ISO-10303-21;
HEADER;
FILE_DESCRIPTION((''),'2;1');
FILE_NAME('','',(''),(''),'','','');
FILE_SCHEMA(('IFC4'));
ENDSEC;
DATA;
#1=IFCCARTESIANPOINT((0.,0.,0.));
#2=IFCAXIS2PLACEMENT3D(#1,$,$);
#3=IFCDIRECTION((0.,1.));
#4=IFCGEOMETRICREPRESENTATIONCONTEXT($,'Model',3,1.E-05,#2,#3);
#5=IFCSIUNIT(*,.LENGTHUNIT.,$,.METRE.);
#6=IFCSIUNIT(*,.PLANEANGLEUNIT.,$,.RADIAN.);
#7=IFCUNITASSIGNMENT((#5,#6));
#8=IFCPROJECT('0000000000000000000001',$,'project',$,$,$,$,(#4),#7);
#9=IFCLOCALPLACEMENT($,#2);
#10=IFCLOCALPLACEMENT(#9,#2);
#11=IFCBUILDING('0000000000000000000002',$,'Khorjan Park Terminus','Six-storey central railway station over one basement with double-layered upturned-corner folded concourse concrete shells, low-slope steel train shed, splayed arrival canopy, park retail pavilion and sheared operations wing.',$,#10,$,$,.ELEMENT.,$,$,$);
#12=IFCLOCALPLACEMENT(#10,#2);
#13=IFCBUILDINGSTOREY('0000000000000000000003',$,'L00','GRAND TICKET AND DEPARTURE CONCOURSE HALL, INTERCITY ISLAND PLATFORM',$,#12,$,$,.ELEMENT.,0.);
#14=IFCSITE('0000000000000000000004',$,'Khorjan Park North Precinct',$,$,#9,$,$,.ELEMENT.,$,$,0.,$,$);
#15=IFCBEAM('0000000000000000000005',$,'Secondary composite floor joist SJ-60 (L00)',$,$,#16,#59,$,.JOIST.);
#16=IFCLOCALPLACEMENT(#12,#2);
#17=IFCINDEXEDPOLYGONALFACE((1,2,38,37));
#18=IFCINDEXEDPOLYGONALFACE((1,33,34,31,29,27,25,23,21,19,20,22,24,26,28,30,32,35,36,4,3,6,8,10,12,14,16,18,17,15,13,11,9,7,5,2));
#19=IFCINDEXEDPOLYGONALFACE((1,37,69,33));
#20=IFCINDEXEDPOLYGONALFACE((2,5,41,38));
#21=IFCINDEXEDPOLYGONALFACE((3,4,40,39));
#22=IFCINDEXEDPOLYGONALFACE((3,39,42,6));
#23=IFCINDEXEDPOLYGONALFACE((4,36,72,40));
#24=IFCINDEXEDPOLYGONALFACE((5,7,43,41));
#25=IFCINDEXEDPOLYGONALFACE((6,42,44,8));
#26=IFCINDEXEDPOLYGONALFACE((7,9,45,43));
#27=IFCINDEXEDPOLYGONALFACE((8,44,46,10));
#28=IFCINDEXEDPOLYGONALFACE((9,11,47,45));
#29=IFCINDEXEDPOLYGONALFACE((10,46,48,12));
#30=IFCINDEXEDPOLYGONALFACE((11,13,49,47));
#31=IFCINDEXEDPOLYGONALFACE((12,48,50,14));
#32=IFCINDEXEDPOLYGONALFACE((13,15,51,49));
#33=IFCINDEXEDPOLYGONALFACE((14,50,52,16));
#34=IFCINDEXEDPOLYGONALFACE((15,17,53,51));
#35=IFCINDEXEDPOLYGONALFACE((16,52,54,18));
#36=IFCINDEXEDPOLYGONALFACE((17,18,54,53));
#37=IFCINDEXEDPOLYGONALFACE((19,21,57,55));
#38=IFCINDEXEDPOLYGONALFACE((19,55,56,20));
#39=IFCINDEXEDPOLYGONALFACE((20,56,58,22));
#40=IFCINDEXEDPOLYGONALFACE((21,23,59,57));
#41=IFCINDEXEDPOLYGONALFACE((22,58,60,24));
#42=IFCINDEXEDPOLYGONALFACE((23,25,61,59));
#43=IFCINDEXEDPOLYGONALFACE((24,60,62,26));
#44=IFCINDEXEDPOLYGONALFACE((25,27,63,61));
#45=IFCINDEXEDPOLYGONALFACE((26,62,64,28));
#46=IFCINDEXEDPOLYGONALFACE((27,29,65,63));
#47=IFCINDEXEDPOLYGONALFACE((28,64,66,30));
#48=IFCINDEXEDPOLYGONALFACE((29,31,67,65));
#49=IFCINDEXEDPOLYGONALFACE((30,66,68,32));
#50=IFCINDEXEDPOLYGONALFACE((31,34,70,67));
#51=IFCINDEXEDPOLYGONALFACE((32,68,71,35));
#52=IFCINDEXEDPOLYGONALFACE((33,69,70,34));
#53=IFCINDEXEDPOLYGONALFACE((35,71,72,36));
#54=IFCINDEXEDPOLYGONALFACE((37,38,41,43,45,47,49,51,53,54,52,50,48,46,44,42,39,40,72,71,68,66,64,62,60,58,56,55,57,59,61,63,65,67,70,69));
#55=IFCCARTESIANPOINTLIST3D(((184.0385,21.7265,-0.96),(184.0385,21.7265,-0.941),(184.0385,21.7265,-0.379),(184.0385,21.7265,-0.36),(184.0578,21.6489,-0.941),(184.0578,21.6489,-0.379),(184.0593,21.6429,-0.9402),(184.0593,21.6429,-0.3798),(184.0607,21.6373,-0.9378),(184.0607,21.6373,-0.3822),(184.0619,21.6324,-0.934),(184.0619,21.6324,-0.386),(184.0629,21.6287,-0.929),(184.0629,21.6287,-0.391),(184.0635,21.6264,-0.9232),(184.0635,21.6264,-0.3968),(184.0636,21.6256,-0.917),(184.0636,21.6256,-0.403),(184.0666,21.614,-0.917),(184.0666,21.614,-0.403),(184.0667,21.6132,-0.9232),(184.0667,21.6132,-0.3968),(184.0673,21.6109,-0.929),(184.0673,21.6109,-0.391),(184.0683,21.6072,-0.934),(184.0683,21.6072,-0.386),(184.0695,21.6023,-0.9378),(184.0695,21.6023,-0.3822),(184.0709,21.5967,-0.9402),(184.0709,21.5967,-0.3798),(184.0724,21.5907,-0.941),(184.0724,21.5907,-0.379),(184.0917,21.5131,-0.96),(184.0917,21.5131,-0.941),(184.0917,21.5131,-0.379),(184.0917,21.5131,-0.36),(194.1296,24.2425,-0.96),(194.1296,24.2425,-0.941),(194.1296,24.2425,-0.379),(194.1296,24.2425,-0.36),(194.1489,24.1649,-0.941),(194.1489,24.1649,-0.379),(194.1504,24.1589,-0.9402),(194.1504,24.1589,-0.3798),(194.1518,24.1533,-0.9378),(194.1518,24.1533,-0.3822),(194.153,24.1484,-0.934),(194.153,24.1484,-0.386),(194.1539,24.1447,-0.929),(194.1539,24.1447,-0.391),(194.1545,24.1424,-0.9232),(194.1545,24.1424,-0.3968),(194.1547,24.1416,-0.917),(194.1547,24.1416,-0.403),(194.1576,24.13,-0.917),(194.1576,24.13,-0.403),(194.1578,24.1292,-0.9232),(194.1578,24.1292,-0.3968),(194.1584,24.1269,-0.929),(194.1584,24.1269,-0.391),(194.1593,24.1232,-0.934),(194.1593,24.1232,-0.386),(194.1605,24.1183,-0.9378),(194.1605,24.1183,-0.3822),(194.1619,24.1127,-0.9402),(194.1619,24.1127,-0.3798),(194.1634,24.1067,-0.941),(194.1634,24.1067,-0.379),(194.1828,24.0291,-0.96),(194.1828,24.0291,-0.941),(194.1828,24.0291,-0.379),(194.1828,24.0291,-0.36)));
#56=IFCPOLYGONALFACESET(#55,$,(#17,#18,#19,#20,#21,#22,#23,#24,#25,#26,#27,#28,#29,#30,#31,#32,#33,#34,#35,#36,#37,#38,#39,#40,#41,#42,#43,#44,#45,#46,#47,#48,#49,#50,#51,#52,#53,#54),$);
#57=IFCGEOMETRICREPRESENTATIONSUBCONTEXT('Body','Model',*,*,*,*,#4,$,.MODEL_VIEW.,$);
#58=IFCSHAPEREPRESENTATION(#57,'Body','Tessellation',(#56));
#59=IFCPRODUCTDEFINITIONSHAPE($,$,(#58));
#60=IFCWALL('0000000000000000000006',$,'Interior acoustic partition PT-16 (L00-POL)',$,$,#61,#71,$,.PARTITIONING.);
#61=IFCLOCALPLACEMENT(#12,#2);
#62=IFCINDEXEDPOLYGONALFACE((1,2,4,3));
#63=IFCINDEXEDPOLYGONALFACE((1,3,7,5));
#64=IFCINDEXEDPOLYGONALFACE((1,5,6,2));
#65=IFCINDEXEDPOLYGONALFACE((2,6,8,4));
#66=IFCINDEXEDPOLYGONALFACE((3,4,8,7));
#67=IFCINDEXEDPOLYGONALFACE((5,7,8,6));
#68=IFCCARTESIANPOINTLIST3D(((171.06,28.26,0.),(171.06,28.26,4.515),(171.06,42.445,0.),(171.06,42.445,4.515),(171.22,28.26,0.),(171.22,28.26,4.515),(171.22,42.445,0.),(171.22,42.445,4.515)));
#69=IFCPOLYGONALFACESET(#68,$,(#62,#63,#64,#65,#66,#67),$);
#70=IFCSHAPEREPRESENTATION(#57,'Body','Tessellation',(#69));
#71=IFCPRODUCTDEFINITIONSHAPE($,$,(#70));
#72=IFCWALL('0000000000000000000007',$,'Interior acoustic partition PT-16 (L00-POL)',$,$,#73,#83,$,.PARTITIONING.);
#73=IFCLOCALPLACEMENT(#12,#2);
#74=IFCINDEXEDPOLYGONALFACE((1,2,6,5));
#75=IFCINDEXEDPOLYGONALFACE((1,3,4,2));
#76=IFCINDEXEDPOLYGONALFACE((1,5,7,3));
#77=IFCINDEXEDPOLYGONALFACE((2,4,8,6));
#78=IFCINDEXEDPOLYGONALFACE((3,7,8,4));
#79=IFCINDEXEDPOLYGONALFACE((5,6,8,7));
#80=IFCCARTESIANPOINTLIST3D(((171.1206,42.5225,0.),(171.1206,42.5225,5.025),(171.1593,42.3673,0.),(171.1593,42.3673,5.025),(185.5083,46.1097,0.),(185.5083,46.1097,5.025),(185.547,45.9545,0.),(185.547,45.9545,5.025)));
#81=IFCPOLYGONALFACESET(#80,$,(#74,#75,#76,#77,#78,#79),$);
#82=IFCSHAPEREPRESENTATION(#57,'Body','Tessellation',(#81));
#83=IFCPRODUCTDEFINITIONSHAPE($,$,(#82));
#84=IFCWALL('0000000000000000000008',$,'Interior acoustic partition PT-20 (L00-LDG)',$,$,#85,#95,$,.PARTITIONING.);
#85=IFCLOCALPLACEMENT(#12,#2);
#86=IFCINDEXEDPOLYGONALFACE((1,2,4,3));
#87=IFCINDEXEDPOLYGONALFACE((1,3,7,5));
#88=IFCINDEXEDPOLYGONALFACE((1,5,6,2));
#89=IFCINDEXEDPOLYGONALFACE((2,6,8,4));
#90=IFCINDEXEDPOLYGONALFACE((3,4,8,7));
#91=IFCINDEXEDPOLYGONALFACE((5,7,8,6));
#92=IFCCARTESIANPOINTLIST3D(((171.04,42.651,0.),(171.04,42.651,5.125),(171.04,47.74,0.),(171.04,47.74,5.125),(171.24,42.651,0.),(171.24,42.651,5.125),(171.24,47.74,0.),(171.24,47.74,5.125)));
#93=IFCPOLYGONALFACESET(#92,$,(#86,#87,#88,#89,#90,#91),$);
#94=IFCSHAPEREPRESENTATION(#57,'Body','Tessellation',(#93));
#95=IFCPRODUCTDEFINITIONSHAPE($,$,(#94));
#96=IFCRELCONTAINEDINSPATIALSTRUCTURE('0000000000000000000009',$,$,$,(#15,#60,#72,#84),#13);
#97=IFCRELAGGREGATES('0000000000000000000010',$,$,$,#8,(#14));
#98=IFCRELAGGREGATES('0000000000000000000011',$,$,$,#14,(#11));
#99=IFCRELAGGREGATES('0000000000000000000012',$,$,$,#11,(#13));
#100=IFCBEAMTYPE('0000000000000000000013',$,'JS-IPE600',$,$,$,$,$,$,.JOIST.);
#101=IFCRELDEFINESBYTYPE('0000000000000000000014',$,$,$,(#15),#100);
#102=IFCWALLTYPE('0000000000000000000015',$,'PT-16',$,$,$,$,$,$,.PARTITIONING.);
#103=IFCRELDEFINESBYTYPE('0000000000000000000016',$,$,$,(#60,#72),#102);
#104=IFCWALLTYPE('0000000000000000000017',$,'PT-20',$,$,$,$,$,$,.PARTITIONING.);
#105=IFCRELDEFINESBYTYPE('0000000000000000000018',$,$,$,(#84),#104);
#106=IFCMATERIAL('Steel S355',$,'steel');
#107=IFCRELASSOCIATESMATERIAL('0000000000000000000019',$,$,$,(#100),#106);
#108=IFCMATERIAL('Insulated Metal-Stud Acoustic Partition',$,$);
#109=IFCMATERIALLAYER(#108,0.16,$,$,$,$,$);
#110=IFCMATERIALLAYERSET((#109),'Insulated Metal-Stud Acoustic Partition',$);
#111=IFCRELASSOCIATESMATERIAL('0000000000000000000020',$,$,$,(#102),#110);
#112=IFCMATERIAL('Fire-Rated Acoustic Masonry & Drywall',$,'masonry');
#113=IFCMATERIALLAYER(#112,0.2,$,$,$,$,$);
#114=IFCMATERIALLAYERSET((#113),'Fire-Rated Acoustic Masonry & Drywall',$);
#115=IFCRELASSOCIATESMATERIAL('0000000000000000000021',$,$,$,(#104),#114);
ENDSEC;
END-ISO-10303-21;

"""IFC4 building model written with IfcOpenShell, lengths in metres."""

from ifc_helpers import new_model, si_unit, direction, frame, frame_2d, origin, origin_2d, place, context, subcontext, project, spatial, rectangle, i_section, extrude, material, layer, layer_set, material_profile, profile_set, type_object, element, save


model = new_model("IFC4")

# Units and contexts
model_context = context("Model", 3, precision=1e-05, world=origin(), true_north=direction((0.0, 1.0)))
body_context = subcontext(model_context, "Body", "Model", "MODEL_VIEW")
ifc_project = project(units=[si_unit("LENGTHUNIT", "METRE"), si_unit("PLANEANGLEUNIT", "RADIAN")], contexts=[model_context])

# Site, building, storey
site_placement = place(None, origin())
site = spatial("IfcSite", under=ifc_project, at=site_placement, Name="Khorjan Park North Precinct", CompositionType="ELEMENT", RefElevation=0.0)
building_placement = place(site_placement, origin())
building = spatial("IfcBuilding", under=site, at=building_placement, Name="Khorjan Park Terminus", Description="Six-storey central railway station over one basement with double-layered upturned-corner folded concourse concrete shells, low-slope steel train shed, splayed arrival canopy, park retail pavilion and sheared operations wing.", CompositionType="ELEMENT")
storey_placement = place(building_placement, origin())
storey = spatial("IfcBuildingStorey", under=building, at=storey_placement, Name="L00", Description="GRAND TICKET AND DEPARTURE CONCOURSE HALL, INTERCITY ISLAND PLATFORM", CompositionType="ELEMENT", Elevation=0.0)

# Beam
ifc_material_1 = material(Name="Steel S355", Category="steel")
ifc_material_profile_1 = material_profile(ifc_material_1, i_section(OverallWidth=0.22, OverallDepth=0.6, WebThickness=0.012, FlangeThickness=0.019, FilletRadius=0.024, at=origin_2d()), Name="IPE 600")
ifc_profile_set_1 = profile_set([ifc_material_profile_1], Name="Steel S355")
beam_type_1 = type_object("IfcBeamType", Name="JS-IPE600", PredefinedType="JOIST", material=ifc_profile_set_1)
beam_1_placement = place(storey_placement, frame((184.0651, 21.6198, -0.66), z_axis=(0.970296, 0.241922, 0.0), x_axis=(-0.241922, 0.970296, 0.0)))
element("IfcBeam", 1, at=beam_1_placement, inside=storey, type_object=beam_type_1, Name="Secondary composite floor joist SJ-60 (L00)", PredefinedType="JOIST", context=body_context, shape_type="SweptSolid", body=[
    extrude(i_section(OverallWidth=0.22, OverallDepth=0.6, WebThickness=0.012, FlangeThickness=0.019, FilletRadius=0.024, at=origin_2d()), origin(), (0.0, 0.0, 1.0), 10.4),
])

# Walls
ifc_material_2 = material(Name="Insulated Metal-Stud Acoustic Partition")
ifc_layer_1 = layer(ifc_material_2, 0.16)
ifc_layer_set_1 = layer_set([ifc_layer_1], Name="Insulated Metal-Stud Acoustic Partition")
wall_type_1 = type_object("IfcWallType", Name="PT-16", PredefinedType="PARTITIONING", material=ifc_layer_set_1)
wall_1_placement = place(storey_placement, frame((171.14, 28.26, 0.0), z_axis=(0.0, 0.0, 1.0), x_axis=(0.0, 1.0, 0.0)))
element("IfcWall", 2, at=wall_1_placement, inside=storey, type_object=wall_type_1, Name="Interior acoustic partition PT-16 (L00-POL)", PredefinedType="PARTITIONING", context=body_context, shape_type="SweptSolid", body=[
    extrude(rectangle(XDim=14.1849, YDim=0.16, at=frame_2d((7.0925, 0.0))), origin(), (0.0, 0.0, 1.0), 4.515),
])
wall_2_placement = place(storey_placement, frame((171.14, 42.4449, 0.0), z_axis=(0.0, 0.0, 1.0), x_axis=(0.970297, 0.241918, 0.0)))
element("IfcWall", 3, at=wall_2_placement, inside=storey, type_object=wall_type_1, Name="Interior acoustic partition PT-16 (L00-POL)", PredefinedType="PARTITIONING", context=body_context, shape_type="SweptSolid", body=[
    extrude(rectangle(XDim=14.8281, YDim=0.16, at=frame_2d((7.414, 0.0))), origin(), (0.0, 0.0, 1.0), 5.025),
])
ifc_material_3 = material(Name="Fire-Rated Acoustic Masonry & Drywall", Category="masonry")
ifc_layer_2 = layer(ifc_material_3, 0.2)
ifc_layer_set_2 = layer_set([ifc_layer_2], Name="Fire-Rated Acoustic Masonry & Drywall")
wall_type_2 = type_object("IfcWallType", Name="PT-20", PredefinedType="PARTITIONING", material=ifc_layer_set_2)
wall_3_placement = place(storey_placement, frame((171.14, 42.651, 0.0), z_axis=(0.0, 0.0, 1.0), x_axis=(0.0, 1.0, 0.0)))
element("IfcWall", 4, at=wall_3_placement, inside=storey, type_object=wall_type_2, Name="Interior acoustic partition PT-20 (L00-LDG)", PredefinedType="PARTITIONING", context=body_context, shape_type="SweptSolid", body=[
    extrude(rectangle(XDim=5.089, YDim=0.2, at=frame_2d((2.5445, 0.0))), origin(), (0.0, 0.0, 1.0), 5.125),
])

save(model, "model.ifc")
